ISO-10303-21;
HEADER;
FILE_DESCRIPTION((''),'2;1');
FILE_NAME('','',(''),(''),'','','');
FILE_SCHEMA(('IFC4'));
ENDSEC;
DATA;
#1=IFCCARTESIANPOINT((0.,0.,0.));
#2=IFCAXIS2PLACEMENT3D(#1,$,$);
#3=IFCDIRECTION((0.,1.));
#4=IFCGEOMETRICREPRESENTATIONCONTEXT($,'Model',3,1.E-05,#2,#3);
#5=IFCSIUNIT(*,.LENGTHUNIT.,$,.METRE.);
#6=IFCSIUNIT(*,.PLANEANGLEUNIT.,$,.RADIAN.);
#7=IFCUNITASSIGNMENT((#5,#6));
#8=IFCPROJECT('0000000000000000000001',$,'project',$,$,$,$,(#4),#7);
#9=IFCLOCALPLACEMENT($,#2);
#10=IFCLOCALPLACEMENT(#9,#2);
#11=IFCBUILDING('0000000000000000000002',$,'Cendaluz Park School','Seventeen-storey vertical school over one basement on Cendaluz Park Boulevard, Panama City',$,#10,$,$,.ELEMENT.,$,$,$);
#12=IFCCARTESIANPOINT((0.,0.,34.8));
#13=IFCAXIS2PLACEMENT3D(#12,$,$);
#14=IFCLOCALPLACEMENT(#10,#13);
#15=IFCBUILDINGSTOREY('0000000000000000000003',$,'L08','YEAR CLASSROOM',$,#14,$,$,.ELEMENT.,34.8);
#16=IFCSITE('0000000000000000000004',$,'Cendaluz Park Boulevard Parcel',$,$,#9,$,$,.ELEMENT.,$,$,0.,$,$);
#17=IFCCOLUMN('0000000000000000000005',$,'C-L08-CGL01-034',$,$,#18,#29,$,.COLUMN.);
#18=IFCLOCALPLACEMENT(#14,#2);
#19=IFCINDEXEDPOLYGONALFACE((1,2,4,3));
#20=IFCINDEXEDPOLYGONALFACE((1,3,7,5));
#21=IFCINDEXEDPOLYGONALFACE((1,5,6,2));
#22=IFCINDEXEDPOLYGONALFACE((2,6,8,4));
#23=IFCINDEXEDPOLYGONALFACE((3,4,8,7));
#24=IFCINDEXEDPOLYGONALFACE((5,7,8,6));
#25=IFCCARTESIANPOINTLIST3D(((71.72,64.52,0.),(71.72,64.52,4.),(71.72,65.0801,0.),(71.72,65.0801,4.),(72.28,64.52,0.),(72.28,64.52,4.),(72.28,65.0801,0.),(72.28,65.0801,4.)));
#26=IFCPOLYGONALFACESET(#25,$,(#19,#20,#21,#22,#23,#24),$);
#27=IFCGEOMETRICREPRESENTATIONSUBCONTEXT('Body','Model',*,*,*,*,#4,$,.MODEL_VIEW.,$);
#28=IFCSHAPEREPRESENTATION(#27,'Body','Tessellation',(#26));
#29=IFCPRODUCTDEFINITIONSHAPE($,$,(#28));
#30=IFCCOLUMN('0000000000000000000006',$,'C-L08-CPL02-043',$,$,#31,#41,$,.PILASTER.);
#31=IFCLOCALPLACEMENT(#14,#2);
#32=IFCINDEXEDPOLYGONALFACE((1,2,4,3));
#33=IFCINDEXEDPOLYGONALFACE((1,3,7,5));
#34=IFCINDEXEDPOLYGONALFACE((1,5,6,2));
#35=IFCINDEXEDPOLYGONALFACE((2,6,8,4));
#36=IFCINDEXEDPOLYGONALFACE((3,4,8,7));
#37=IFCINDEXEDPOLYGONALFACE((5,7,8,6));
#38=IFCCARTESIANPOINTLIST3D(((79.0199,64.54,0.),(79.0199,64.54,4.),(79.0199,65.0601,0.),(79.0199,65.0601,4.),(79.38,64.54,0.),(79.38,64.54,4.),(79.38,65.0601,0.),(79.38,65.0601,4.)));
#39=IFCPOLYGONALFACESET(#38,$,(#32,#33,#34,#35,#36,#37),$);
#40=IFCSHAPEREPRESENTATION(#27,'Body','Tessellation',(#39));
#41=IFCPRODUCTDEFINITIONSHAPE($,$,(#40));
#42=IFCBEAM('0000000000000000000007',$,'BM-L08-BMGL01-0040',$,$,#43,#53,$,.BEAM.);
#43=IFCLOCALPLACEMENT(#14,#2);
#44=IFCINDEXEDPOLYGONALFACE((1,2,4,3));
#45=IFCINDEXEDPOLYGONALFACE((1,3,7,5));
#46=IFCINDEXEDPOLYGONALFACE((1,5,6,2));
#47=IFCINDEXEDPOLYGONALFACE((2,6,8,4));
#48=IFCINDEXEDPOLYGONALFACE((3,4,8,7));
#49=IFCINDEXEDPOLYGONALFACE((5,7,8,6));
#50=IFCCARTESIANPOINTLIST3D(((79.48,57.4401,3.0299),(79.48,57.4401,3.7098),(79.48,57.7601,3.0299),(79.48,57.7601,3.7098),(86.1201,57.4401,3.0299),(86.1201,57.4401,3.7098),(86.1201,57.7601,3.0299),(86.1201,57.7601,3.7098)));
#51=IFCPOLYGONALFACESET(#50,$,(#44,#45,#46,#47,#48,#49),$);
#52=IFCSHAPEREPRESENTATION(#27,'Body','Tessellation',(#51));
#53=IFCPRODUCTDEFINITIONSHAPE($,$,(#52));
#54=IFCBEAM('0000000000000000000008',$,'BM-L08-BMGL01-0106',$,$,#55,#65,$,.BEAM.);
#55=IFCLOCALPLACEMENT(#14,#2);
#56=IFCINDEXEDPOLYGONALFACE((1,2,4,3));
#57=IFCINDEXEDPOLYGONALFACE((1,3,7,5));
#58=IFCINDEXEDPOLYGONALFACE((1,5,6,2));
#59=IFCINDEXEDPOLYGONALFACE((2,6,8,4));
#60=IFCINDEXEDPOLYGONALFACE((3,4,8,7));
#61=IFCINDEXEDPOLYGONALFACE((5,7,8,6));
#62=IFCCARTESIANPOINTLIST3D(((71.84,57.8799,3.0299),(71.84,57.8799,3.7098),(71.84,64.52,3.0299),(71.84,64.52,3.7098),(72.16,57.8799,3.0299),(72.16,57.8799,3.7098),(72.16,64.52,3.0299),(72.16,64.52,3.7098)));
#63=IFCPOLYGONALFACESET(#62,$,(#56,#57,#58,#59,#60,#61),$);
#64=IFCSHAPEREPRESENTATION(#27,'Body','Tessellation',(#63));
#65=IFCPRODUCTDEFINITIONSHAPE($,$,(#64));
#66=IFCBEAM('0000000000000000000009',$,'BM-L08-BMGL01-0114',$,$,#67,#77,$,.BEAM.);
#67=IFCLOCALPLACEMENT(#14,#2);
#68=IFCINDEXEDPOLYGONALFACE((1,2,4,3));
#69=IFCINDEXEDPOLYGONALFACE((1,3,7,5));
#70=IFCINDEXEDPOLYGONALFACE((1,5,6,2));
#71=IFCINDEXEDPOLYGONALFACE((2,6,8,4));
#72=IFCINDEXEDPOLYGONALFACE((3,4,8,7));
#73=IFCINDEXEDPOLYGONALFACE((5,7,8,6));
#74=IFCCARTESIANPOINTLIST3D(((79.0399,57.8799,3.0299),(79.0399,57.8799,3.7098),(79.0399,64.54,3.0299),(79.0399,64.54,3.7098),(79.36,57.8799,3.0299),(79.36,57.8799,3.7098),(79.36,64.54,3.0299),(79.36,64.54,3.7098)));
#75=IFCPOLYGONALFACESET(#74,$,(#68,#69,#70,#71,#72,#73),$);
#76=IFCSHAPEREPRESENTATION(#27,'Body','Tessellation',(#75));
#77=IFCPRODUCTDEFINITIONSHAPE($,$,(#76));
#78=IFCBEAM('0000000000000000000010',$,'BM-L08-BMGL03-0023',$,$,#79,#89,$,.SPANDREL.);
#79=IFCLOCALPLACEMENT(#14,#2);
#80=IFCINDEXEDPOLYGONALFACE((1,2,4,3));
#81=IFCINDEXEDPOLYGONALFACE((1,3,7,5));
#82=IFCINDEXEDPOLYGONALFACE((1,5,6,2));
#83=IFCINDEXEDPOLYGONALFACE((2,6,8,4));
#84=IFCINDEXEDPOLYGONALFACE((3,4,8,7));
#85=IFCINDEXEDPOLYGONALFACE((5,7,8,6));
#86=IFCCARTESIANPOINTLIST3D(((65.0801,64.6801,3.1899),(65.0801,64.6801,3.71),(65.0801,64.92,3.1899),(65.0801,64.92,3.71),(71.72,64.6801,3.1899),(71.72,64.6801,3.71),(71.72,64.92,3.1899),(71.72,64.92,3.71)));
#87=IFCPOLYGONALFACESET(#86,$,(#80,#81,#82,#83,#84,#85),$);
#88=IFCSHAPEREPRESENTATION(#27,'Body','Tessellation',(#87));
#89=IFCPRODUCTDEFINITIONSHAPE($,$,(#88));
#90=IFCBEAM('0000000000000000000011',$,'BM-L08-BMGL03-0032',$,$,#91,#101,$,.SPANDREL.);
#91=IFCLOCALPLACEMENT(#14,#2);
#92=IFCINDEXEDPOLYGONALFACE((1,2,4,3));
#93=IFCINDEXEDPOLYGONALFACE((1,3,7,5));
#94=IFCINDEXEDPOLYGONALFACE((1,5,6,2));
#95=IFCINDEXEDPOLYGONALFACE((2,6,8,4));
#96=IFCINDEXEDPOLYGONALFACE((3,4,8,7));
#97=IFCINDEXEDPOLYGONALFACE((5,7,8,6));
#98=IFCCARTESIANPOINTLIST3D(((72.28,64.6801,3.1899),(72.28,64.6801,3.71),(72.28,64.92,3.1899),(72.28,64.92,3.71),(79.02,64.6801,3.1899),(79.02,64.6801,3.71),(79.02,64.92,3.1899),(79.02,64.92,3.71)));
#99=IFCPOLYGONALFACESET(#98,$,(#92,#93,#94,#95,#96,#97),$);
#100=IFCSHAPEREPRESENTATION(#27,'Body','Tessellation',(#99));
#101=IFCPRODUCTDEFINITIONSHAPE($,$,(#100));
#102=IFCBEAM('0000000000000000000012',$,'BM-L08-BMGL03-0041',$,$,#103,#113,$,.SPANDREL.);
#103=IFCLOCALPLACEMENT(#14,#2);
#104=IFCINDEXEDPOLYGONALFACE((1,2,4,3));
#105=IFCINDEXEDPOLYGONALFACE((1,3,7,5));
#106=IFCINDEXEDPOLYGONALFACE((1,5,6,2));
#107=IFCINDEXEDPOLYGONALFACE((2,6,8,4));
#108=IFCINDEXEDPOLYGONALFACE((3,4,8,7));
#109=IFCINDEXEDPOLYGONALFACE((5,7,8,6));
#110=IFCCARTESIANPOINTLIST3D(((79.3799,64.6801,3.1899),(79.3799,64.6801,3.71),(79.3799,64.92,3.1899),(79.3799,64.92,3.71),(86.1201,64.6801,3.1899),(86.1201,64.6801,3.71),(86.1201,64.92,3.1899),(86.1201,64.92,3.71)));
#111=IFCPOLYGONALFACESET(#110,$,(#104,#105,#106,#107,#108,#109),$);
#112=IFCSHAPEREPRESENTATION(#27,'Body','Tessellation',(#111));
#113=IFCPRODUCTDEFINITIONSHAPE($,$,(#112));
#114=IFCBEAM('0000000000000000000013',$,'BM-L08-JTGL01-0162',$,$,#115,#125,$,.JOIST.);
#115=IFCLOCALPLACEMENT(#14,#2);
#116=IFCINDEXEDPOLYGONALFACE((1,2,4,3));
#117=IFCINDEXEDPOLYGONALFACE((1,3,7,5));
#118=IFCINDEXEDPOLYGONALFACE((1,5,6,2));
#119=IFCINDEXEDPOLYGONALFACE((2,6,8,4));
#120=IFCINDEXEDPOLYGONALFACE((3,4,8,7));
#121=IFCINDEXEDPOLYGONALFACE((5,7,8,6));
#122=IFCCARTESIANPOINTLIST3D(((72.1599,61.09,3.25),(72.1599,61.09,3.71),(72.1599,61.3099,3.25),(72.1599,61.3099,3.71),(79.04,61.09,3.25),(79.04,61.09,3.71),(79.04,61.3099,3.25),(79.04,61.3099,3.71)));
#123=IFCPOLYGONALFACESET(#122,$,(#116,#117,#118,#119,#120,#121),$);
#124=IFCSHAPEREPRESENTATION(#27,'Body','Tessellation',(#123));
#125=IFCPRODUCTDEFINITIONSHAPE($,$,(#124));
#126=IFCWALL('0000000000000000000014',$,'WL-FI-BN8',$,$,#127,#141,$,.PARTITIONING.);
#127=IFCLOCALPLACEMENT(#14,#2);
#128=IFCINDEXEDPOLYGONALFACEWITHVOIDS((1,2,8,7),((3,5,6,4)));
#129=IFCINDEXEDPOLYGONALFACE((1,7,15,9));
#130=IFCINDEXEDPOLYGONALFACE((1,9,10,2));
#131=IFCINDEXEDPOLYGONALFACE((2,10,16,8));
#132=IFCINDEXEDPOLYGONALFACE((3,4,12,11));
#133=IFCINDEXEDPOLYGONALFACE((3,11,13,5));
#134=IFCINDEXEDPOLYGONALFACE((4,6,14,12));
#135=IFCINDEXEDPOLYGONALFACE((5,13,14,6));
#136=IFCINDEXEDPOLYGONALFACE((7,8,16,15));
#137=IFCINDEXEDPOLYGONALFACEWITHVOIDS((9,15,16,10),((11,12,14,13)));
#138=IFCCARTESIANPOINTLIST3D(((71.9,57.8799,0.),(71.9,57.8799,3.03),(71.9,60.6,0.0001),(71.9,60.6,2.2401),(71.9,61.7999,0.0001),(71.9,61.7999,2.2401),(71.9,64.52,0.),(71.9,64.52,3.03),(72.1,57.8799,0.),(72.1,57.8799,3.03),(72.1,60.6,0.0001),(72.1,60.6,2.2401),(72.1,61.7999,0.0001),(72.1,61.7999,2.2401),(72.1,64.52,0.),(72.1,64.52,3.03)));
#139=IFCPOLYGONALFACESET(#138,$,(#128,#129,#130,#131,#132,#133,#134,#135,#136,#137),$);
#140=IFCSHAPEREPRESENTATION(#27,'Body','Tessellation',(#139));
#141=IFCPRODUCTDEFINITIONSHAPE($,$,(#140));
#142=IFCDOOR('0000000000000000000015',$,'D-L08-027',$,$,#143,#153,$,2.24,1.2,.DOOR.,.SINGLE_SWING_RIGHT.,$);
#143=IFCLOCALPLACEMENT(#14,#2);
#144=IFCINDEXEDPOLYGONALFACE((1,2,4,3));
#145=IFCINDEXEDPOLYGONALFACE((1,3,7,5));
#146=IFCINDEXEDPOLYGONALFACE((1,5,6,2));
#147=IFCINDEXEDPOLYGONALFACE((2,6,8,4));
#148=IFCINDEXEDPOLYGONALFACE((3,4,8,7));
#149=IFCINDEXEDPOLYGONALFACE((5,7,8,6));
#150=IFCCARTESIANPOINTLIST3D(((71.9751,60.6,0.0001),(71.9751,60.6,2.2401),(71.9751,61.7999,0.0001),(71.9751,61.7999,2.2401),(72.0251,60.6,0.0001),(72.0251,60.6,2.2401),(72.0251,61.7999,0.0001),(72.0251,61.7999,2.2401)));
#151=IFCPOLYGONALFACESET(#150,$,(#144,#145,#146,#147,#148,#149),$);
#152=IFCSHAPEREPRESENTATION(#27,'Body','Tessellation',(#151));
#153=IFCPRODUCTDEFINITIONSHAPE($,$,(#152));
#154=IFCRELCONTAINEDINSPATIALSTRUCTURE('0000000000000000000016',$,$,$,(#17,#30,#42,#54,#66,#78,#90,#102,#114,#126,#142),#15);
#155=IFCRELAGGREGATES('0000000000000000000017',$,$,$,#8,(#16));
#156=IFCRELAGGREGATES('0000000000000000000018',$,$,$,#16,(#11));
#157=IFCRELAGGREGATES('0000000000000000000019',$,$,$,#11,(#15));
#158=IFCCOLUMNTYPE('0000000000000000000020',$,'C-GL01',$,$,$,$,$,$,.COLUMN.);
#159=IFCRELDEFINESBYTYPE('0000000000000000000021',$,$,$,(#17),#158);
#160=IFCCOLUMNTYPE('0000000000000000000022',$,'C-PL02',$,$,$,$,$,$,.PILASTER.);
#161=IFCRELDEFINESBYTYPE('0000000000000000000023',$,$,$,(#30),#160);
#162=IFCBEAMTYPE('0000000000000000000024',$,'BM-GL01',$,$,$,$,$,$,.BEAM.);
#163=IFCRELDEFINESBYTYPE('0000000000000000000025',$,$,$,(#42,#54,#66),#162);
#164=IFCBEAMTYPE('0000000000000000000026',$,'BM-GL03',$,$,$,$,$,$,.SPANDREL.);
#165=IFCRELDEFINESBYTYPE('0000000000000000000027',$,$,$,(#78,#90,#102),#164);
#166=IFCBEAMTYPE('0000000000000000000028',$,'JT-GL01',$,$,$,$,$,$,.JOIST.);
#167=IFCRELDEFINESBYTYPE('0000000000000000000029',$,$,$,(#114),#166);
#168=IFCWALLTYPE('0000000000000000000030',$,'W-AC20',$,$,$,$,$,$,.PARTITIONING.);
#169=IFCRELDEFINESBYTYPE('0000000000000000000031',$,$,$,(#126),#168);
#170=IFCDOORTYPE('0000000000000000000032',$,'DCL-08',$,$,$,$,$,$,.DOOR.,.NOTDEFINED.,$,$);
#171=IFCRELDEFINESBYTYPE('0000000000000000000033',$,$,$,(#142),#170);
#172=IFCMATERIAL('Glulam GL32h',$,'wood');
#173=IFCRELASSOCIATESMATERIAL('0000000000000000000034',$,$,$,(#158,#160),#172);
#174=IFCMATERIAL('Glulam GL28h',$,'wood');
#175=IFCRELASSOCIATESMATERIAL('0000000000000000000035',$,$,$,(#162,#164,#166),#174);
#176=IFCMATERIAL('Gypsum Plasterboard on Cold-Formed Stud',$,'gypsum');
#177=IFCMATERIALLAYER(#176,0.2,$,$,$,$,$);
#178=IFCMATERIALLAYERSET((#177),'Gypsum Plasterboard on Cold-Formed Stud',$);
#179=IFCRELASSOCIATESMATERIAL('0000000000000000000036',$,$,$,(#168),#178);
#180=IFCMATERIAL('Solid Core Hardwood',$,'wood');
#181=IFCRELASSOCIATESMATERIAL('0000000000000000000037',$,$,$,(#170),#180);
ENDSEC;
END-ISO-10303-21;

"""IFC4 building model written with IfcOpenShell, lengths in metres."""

from ifc_helpers import new_model, si_unit, direction, frame, frame_2d, origin, origin_2d, place, context, subcontext, project, spatial, rectangle, extrude, material, layer, layer_set, material_profile, profile_set, type_object, element, fill, save


model = new_model("IFC4")

# Units and contexts
model_context = context("Model", 3, precision=1e-05, world=origin(), true_north=direction((0.0, 1.0)))
body_context = subcontext(model_context, "Body", "Model", "MODEL_VIEW")
ifc_project = project(units=[si_unit("LENGTHUNIT", "METRE"), si_unit("PLANEANGLEUNIT", "RADIAN")], contexts=[model_context])

# Site, building, storey
site_placement = place(None, origin())
site = spatial("IfcSite", under=ifc_project, at=site_placement, Name="Cendaluz Park Boulevard Parcel", CompositionType="ELEMENT", RefElevation=0.0)
building_placement = place(site_placement, origin())
building = spatial("IfcBuilding", under=site, at=building_placement, Name="Cendaluz Park School", Description="Seventeen-storey vertical school over one basement on Cendaluz Park Boulevard, Panama City", CompositionType="ELEMENT")
storey_placement = place(building_placement, frame((0.0, 0.0, 34.8)))
storey = spatial("IfcBuildingStorey", under=building, at=storey_placement, Name="L08", Description="YEAR CLASSROOM", CompositionType="ELEMENT", Elevation=34.8)

# Columns
ifc_material_1 = material(Name="Glulam GL32h", Category="wood")
ifc_material_profile_1 = material_profile(ifc_material_1, rectangle(XDim=0.5601, YDim=0.5601, at=origin_2d()), Name="GL32h 560x560", Category="wood")
ifc_profile_set_1 = profile_set([ifc_material_profile_1], Name="Glulam GL32h")
column_type_1 = type_object("IfcColumnType", Name="C-GL01", PredefinedType="COLUMN", material=ifc_profile_set_1)
column_1_placement = place(storey_placement, frame((72.0, 64.8, 0.0), z_axis=(0.0, 0.0, 1.0), x_axis=(1.0, 0.0, 0.0)))
element("IfcColumn", 1, at=column_1_placement, inside=storey, type_object=column_type_1, Name="C-L08-CGL01-034", PredefinedType="COLUMN", context=body_context, shape_type="SweptSolid", body=[
    extrude(rectangle(XDim=0.5601, YDim=0.5601, at=origin_2d()), origin(), (0.0, 0.0, 1.0), 4.0),
])
ifc_material_profile_2 = material_profile(ifc_material_1, rectangle(XDim=0.3601, YDim=0.52, at=origin_2d()), Name="GL32h 360x520", Category="wood")
ifc_profile_set_2 = profile_set([ifc_material_profile_2], Name="Glulam GL32h")
column_type_2 = type_object("IfcColumnType", Name="C-PL02", PredefinedType="PILASTER", material=ifc_profile_set_2)
column_2_placement = place(storey_placement, frame((79.2, 64.8, 0.0), z_axis=(0.0, 0.0, 1.0), x_axis=(1.0, 0.0, 0.0)))
element("IfcColumn", 2, at=column_2_placement, inside=storey, type_object=column_type_2, Name="C-L08-CPL02-043", PredefinedType="PILASTER", context=body_context, shape_type="SweptSolid", body=[
    extrude(rectangle(XDim=0.3601, YDim=0.52, at=origin_2d()), origin(), (0.0, 0.0, 1.0), 4.0),
])

# Beams
ifc_material_2 = material(Name="Glulam GL28h", Category="wood")
ifc_material_profile_3 = material_profile(ifc_material_2, rectangle(XDim=0.3201, YDim=0.6799, at=origin_2d()), Name="GL28h 320x680", Category="wood")
ifc_profile_set_3 = profile_set([ifc_material_profile_3], Name="Glulam GL28h")
beam_type_1 = type_object("IfcBeamType", Name="BM-GL01", PredefinedType="BEAM", material=ifc_profile_set_3)
for number, where, z_axis, x_axis, name in (
    (3, (79.48, 57.6001, 3.3699), (1.0, 0.0, 0.0), (0.0, 1.0, 0.0), "BM-L08-BMGL01-0040"),
    (4, (72.0, 57.8799, 3.3699), (0.0, 1.0, 0.0), (-1.0, 0.0, 0.0), "BM-L08-BMGL01-0106"),
):
    element("IfcBeam", number, at=place(storey_placement, frame(where, z_axis=z_axis, x_axis=x_axis)), inside=storey, type_object=beam_type_1, Name=name, PredefinedType="BEAM", context=body_context, shape_type="SweptSolid", body=[
        extrude(rectangle(XDim=0.3201, YDim=0.6799, at=origin_2d()), origin(), (0.0, 0.0, 1.0), 6.6401),
    ])
beam_1_placement = place(storey_placement, frame((79.2, 57.8799, 3.3699), z_axis=(0.0, 1.0, 0.0), x_axis=(-1.0, 0.0, 0.0)))
element("IfcBeam", 5, at=beam_1_placement, inside=storey, type_object=beam_type_1, Name="BM-L08-BMGL01-0114", PredefinedType="BEAM", context=body_context, shape_type="SweptSolid", body=[
    extrude(rectangle(XDim=0.3201, YDim=0.6799, at=origin_2d()), origin(), (0.0, 0.0, 1.0), 6.6602),
])
ifc_material_profile_4 = material_profile(ifc_material_2, rectangle(XDim=0.24, YDim=0.52, at=origin_2d()), Name="GL28h 240x520", Category="wood")
ifc_profile_set_4 = profile_set([ifc_material_profile_4], Name="Glulam GL28h")
beam_type_2 = type_object("IfcBeamType", Name="BM-GL03", PredefinedType="SPANDREL", material=ifc_profile_set_4)
beam_2_placement = place(storey_placement, frame((65.0801, 64.8, 3.45), z_axis=(1.0, 0.0, 0.0), x_axis=(0.0, 1.0, 0.0)))
element("IfcBeam", 6, at=beam_2_placement, inside=storey, type_object=beam_type_2, Name="BM-L08-BMGL03-0023", PredefinedType="SPANDREL", context=body_context, shape_type="SweptSolid", body=[
    extrude(rectangle(XDim=0.24, YDim=0.52, at=origin_2d()), origin(), (0.0, 0.0, 1.0), 6.6399),
])
beam_3_placement = place(storey_placement, frame((72.28, 64.8, 3.45), z_axis=(1.0, 0.0, 0.0), x_axis=(0.0, 1.0, 0.0)))
element("IfcBeam", 7, at=beam_3_placement, inside=storey, type_object=beam_type_2, Name="BM-L08-BMGL03-0032", PredefinedType="SPANDREL", context=body_context, shape_type="SweptSolid", body=[
    extrude(rectangle(XDim=0.24, YDim=0.52, at=origin_2d()), origin(), (0.0, 0.0, 1.0), 6.74),
])
beam_4_placement = place(storey_placement, frame((79.3799, 64.8, 3.45), z_axis=(1.0, 0.0, 0.0), x_axis=(0.0, 1.0, 0.0)))
element("IfcBeam", 8, at=beam_4_placement, inside=storey, type_object=beam_type_2, Name="BM-L08-BMGL03-0041", PredefinedType="SPANDREL", context=body_context, shape_type="SweptSolid", body=[
    extrude(rectangle(XDim=0.24, YDim=0.52, at=origin_2d()), origin(), (0.0, 0.0, 1.0), 6.7402),
])
ifc_material_profile_5 = material_profile(ifc_material_2, rectangle(XDim=0.22, YDim=0.46, at=origin_2d()), Name="GL28h 220x460", Category="wood")
ifc_profile_set_5 = profile_set([ifc_material_profile_5], Name="Glulam GL28h")
beam_type_3 = type_object("IfcBeamType", Name="JT-GL01", PredefinedType="JOIST", material=ifc_profile_set_5)
beam_5_placement = place(storey_placement, frame((72.1599, 61.2, 3.48), z_axis=(1.0, 0.0, 0.0), x_axis=(0.0, 1.0, 0.0)))
element("IfcBeam", 9, at=beam_5_placement, inside=storey, type_object=beam_type_3, Name="BM-L08-JTGL01-0162", PredefinedType="JOIST", context=body_context, shape_type="SweptSolid", body=[
    extrude(rectangle(XDim=0.22, YDim=0.46, at=origin_2d()), origin(), (0.0, 0.0, 1.0), 6.8801),
])

# Wall, opening, door
ifc_material_3 = material(Name="Gypsum Plasterboard on Cold-Formed Stud", Category="gypsum")
ifc_layer_1 = layer(ifc_material_3, 0.2)
ifc_layer_set_1 = layer_set([ifc_layer_1], Name="Gypsum Plasterboard on Cold-Formed Stud")
wall_type_1 = type_object("IfcWallType", Name="W-AC20", PredefinedType="PARTITIONING", material=ifc_layer_set_1)
wall_1_placement = place(storey_placement, frame((72.0, 57.8799, 0.0), z_axis=(0.0, 0.0, 1.0), x_axis=(0.0, 1.0, 0.0)))
wall_1 = element("IfcWall", 10, at=wall_1_placement, inside=storey, type_object=wall_type_1, Name="WL-FI-BN8", PredefinedType="PARTITIONING", context=body_context, shape_type="SweptSolid", body=[
    extrude(rectangle(XDim=6.6401, YDim=0.2, at=frame_2d((3.3201, 0.0))), origin(), (0.0, 0.0, 1.0), 3.03),
])
opening_1_placement = place(wall_1_placement, frame((2.72, 0.0, 0.0)))
opening_1 = element("IfcOpeningElement", 11, at=opening_1_placement, cuts=wall_1, PredefinedType="OPENING", context=body_context, shape_type="SweptSolid", body=[
    extrude(rectangle(XDim=1.2, YDim=2.24, at=frame_2d((0.6001, 1.1201))), frame((0.0, 0.1121, 0.0), z_axis=(0.0, -1.0, 0.0), x_axis=(1.0, 0.0, 0.0)), (0.0, 0.0, 1.0), 0.2239),
])
ifc_material_4 = material(Name="Solid Core Hardwood", Category="wood")
door_type_1 = type_object("IfcDoorType", Name="DCL-08", OperationType="NOTDEFINED", PredefinedType="DOOR", material=ifc_material_4)
door_1_placement = place(opening_1_placement, origin())
door_1 = element("IfcDoor", 12, at=door_1_placement, inside=storey, type_object=door_type_1, Name="D-L08-027", OperationType="SINGLE_SWING_RIGHT", OverallHeight=2.24, OverallWidth=1.2, PredefinedType="DOOR", context=body_context, shape_type="SweptSolid", body=[
    extrude(rectangle(XDim=1.2, YDim=2.24, at=frame_2d((0.6001, 1.1201))), frame((0.0, 0.0249, 0.0), z_axis=(0.0, -1.0, 0.0), x_axis=(1.0, 0.0, 0.0)), (0.0, 0.0, 1.0), 0.05),
])
fill(opening_1, door_1)

save(model, "model.ifc")
